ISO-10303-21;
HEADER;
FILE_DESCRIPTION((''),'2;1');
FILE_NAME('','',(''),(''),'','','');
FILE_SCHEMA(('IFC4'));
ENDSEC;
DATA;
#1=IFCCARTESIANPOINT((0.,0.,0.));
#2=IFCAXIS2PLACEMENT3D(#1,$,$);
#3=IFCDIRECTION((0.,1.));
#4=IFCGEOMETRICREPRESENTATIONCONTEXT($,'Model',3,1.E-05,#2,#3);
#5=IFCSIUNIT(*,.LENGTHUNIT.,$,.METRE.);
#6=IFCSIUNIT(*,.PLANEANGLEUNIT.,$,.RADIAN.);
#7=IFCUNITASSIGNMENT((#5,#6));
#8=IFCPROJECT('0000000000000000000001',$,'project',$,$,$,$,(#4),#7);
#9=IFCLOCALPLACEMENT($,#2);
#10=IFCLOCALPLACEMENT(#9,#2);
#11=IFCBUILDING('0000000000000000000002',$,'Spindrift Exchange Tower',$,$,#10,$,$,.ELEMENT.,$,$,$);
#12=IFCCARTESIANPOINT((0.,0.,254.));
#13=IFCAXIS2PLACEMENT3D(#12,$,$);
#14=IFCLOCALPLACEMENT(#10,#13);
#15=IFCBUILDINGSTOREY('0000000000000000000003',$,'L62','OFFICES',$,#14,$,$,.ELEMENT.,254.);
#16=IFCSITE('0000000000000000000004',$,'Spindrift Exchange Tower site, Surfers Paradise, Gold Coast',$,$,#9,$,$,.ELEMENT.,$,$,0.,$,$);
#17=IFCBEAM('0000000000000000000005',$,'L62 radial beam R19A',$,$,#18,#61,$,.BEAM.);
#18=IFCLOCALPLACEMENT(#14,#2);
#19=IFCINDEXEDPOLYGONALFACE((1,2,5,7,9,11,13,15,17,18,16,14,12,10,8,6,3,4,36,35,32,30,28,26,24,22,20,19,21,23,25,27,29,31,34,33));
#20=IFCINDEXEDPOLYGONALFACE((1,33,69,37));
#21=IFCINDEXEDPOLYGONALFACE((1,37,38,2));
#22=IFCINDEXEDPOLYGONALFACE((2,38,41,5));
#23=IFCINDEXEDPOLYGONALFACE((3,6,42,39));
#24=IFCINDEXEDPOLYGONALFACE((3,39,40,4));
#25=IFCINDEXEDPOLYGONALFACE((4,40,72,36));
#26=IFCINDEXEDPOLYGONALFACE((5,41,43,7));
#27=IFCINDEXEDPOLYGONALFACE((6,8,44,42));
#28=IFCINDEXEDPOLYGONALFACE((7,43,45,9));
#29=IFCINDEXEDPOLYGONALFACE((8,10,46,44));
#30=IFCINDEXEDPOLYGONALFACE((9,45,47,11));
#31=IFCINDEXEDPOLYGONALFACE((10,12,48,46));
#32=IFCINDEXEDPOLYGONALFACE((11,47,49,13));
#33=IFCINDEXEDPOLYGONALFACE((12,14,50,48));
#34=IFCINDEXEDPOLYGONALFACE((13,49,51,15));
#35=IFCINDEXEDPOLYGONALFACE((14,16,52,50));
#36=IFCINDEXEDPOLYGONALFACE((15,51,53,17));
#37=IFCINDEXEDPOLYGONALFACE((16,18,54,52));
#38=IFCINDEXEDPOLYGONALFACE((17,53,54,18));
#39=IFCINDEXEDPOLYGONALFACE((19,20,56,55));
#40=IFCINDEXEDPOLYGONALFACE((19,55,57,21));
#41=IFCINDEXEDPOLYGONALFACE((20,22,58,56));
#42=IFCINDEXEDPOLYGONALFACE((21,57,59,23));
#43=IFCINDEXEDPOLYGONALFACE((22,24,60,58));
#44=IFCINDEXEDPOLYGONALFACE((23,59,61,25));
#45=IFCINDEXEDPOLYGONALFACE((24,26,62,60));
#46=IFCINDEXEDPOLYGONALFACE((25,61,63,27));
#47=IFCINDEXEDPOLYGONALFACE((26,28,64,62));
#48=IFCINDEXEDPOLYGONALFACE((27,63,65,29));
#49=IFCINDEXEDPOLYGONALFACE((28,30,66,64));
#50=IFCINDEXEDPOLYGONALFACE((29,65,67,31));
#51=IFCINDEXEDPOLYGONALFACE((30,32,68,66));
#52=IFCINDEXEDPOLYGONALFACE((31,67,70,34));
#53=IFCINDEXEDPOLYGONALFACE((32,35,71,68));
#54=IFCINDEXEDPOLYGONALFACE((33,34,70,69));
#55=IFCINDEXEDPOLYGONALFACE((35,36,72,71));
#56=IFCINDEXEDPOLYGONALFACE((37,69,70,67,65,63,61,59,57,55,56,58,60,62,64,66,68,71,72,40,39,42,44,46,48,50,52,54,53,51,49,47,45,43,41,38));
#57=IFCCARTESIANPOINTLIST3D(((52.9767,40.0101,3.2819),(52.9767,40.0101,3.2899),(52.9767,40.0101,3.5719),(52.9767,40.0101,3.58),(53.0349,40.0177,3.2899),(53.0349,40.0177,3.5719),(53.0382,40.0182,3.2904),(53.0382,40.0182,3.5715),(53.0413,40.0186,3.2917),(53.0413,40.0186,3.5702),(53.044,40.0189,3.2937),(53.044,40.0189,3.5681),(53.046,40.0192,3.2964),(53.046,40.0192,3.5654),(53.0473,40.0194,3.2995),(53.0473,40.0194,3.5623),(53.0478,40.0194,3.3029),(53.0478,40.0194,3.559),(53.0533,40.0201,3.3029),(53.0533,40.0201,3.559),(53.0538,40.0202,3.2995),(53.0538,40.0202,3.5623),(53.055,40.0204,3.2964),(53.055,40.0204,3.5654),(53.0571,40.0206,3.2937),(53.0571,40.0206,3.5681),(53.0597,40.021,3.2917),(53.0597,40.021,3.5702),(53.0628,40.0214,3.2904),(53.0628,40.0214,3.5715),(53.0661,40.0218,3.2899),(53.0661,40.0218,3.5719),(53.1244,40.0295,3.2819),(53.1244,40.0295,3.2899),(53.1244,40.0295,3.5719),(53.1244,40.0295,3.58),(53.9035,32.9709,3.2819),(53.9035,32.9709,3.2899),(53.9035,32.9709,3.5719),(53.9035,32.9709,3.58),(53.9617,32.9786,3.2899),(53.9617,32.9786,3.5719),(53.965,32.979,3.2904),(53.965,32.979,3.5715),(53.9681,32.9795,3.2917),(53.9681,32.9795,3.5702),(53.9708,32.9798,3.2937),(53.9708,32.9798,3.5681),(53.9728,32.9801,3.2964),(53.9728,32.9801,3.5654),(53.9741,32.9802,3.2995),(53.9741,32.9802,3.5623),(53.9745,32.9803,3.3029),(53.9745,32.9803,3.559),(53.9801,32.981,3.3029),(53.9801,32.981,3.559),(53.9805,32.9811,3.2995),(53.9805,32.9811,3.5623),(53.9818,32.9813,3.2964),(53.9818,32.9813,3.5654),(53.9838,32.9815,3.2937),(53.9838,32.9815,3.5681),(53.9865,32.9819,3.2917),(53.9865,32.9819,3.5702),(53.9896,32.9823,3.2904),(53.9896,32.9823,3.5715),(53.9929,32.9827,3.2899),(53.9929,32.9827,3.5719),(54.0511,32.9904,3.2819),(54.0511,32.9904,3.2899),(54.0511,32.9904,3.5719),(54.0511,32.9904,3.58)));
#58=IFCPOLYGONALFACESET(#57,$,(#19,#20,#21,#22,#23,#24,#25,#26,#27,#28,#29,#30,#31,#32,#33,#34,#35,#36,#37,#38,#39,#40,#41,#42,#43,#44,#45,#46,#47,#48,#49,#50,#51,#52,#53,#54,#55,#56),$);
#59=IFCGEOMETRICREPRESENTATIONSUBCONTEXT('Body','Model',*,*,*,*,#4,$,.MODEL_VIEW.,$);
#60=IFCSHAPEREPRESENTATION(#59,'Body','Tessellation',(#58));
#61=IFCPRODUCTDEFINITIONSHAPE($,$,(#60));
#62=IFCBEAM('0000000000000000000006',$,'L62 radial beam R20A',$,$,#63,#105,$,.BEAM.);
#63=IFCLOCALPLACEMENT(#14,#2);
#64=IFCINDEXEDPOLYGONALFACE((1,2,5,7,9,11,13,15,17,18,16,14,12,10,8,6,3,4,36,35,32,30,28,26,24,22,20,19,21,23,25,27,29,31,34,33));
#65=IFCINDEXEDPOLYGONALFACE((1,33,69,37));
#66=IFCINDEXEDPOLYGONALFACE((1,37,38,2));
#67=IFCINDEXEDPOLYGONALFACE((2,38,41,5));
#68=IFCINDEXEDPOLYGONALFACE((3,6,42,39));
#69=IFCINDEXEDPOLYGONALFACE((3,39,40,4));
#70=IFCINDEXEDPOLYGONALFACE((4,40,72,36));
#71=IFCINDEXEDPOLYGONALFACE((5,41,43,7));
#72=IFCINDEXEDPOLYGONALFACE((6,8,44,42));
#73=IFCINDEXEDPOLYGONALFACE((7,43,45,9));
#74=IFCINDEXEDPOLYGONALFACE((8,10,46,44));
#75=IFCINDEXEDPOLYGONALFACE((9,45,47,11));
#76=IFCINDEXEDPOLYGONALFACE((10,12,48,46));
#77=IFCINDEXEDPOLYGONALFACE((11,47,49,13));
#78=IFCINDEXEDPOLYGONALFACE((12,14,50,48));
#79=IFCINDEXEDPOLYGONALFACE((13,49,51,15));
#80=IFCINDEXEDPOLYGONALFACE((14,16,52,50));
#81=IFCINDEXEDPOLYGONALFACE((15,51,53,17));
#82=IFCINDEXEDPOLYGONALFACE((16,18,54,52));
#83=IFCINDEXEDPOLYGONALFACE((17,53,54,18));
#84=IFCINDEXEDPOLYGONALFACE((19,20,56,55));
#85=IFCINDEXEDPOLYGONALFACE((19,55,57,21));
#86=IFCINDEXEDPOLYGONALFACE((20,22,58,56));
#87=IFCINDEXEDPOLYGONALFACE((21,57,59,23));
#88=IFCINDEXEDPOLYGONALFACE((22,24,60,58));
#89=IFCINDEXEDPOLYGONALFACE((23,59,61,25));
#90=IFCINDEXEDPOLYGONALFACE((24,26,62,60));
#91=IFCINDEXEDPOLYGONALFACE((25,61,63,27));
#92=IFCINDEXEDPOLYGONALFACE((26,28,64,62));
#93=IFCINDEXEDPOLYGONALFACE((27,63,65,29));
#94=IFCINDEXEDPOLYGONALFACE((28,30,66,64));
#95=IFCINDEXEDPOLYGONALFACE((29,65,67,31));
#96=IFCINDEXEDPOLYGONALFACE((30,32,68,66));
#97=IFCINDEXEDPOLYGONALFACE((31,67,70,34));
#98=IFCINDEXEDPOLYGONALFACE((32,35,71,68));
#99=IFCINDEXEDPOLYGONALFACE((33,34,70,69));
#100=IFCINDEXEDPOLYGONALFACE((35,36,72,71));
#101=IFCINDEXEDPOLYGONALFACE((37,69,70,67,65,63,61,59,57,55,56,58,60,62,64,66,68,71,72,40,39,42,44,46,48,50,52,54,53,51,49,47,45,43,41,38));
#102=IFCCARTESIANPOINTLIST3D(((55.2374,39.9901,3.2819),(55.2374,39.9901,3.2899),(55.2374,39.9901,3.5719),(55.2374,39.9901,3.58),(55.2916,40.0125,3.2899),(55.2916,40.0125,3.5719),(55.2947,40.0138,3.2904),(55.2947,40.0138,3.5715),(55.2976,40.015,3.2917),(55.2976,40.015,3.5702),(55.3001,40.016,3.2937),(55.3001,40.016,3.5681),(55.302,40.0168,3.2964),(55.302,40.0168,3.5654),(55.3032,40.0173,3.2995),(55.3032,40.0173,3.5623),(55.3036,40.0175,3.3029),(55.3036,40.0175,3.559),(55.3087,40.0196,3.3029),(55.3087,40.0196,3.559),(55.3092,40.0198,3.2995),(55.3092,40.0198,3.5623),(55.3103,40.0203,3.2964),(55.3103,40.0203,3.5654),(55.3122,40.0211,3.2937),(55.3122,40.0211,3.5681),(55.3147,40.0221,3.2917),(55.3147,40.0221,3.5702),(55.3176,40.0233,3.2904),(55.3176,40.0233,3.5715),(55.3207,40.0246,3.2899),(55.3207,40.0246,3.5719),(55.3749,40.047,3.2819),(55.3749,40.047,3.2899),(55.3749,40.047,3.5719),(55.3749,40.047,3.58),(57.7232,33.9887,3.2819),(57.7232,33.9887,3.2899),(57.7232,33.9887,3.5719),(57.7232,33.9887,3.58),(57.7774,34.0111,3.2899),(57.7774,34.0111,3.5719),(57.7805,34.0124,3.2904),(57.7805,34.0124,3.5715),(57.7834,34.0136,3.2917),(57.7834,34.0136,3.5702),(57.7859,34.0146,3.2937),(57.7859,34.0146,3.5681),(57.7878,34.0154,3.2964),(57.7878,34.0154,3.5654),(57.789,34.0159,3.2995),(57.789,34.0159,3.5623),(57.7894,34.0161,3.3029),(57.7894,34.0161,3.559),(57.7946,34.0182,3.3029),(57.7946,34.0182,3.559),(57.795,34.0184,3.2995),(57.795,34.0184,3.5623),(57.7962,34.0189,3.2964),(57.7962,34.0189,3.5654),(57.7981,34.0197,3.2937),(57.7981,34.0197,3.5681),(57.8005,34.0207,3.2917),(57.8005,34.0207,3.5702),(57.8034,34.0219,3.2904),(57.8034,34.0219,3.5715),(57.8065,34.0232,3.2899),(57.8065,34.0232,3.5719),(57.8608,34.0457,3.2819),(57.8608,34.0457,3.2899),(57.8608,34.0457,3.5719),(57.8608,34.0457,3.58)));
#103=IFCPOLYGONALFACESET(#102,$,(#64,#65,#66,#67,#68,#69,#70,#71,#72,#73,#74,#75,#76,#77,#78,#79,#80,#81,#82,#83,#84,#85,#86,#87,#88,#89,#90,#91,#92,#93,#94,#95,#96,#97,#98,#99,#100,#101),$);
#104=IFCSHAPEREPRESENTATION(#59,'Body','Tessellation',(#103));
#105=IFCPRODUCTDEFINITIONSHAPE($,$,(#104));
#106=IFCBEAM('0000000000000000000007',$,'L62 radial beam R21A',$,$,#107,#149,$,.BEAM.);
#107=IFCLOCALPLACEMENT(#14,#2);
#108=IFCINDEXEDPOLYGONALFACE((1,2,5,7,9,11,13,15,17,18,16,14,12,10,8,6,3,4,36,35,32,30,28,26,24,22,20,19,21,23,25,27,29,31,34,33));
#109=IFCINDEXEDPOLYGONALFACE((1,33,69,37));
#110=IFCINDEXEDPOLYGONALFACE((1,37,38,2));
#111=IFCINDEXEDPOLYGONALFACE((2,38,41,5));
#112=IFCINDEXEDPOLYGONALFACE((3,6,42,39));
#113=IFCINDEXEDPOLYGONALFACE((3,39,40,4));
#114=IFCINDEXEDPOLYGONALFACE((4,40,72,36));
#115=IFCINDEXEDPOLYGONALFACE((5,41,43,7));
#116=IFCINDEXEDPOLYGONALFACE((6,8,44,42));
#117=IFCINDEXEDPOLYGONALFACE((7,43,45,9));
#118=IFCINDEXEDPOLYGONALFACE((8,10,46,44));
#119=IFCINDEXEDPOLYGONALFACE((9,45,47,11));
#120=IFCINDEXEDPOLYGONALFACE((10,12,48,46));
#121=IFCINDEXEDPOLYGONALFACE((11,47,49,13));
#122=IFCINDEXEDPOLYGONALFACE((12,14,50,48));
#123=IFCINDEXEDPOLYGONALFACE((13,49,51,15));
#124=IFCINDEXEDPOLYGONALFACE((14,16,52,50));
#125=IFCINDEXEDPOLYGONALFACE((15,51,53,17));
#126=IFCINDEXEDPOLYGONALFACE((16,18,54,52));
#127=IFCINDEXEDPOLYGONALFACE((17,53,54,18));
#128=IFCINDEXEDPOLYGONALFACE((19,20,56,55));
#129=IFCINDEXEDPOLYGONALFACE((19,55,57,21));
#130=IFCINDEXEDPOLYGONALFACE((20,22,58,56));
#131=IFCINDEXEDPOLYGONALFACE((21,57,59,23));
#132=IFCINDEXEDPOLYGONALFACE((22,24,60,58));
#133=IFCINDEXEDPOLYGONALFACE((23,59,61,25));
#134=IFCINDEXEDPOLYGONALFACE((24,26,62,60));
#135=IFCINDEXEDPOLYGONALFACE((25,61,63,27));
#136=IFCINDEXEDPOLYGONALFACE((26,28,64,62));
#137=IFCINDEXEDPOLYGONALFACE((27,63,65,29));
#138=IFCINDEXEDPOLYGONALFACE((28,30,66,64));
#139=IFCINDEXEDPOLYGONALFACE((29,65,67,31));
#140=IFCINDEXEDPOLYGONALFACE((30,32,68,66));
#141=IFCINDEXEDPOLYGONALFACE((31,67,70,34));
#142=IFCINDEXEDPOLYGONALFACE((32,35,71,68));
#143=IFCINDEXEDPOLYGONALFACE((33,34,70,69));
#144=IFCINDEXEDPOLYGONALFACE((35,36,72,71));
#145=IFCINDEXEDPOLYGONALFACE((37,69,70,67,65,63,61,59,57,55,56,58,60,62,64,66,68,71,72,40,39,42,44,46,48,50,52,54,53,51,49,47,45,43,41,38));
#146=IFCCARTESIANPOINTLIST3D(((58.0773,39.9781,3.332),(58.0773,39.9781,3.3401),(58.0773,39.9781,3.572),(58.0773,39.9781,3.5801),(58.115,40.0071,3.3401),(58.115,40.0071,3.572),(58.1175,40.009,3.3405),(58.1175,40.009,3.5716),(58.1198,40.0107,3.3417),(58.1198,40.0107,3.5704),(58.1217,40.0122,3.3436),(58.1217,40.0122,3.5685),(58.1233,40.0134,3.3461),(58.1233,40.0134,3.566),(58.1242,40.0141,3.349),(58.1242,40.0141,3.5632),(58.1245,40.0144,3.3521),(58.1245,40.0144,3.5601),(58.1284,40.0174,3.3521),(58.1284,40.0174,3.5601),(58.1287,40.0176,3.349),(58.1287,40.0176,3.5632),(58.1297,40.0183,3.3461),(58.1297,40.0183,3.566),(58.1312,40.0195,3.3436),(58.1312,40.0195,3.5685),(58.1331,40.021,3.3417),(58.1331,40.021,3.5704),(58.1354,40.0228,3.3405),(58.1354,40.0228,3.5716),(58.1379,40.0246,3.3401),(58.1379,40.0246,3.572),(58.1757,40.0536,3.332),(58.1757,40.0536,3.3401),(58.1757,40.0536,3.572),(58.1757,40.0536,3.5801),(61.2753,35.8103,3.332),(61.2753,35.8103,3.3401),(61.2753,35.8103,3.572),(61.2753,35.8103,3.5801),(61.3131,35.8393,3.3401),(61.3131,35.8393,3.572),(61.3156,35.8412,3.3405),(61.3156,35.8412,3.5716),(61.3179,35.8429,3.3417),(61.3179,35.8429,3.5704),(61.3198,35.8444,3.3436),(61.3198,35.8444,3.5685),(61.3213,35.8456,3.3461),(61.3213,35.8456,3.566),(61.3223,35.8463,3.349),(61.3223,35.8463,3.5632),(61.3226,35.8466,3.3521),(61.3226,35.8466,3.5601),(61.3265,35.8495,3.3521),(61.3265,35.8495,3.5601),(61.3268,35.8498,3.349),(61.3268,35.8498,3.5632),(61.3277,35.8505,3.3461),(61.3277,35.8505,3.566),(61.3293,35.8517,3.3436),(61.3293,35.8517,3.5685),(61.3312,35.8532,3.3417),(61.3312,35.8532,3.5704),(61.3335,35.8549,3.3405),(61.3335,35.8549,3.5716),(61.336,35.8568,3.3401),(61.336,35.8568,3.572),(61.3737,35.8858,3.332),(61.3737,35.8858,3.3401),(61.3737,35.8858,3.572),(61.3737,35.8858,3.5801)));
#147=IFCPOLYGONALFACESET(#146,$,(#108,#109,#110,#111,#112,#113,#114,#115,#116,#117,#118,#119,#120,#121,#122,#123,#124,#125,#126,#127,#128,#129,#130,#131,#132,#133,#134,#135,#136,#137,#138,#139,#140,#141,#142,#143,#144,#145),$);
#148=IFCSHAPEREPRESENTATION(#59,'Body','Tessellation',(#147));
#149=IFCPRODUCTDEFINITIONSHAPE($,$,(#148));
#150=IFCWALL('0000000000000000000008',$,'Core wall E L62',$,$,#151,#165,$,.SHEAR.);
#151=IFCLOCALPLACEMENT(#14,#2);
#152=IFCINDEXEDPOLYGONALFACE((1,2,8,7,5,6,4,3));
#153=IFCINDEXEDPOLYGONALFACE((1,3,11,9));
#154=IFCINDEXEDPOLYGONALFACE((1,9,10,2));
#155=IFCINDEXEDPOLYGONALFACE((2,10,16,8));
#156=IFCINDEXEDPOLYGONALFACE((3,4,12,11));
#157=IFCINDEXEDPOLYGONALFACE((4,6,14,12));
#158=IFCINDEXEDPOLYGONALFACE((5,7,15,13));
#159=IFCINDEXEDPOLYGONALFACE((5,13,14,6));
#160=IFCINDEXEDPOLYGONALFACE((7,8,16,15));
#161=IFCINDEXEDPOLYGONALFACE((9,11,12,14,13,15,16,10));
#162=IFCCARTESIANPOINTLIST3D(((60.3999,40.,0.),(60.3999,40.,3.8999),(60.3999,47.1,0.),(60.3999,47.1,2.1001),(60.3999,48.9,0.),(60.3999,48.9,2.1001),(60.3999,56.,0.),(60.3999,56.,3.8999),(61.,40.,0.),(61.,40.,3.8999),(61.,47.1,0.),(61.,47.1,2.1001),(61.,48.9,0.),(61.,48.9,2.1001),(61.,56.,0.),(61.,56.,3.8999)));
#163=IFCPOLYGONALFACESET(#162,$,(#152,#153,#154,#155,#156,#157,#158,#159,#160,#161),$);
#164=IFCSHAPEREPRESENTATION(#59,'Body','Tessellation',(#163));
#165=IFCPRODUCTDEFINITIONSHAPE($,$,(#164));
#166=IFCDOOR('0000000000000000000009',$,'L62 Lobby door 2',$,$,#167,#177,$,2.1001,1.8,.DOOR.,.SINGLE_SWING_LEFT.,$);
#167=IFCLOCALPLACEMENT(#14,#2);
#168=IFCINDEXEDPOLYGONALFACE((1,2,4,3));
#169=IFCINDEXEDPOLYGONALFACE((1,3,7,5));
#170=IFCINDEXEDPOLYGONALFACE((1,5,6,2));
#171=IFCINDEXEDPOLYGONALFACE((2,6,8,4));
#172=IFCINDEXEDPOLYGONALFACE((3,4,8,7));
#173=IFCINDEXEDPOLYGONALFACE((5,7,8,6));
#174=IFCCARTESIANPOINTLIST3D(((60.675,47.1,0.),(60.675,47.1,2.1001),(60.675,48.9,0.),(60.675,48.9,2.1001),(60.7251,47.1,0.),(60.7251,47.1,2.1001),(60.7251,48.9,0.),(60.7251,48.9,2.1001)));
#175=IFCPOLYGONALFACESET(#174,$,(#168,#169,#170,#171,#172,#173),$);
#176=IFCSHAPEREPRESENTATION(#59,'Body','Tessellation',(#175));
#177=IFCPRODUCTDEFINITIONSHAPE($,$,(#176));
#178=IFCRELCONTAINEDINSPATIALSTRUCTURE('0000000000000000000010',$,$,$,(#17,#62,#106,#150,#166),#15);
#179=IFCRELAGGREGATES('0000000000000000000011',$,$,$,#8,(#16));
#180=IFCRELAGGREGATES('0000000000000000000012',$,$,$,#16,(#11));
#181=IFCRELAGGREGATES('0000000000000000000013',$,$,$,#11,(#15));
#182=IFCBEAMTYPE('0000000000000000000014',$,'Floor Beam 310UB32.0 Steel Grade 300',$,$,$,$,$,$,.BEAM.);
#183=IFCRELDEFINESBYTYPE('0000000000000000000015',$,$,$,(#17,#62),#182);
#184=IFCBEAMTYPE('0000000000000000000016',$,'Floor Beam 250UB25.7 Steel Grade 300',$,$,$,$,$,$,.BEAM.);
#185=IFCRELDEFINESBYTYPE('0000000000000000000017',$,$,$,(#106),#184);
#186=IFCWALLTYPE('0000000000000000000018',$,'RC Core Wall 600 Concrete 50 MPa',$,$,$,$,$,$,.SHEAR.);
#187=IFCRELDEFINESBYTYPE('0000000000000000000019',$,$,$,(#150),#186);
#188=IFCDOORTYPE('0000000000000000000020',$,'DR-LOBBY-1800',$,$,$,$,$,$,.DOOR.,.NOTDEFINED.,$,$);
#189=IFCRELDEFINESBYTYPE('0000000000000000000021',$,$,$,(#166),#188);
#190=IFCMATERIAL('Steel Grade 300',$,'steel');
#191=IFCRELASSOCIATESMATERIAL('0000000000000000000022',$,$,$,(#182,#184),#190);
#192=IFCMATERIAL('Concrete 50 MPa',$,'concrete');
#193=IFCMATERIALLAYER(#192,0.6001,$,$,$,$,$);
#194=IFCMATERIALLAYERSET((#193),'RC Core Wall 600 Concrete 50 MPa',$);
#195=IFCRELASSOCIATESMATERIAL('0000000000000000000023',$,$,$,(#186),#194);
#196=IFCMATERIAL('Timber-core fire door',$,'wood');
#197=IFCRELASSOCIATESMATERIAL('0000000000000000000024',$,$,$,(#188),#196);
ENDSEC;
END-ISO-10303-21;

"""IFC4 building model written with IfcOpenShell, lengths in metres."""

from ifc_helpers import new_model, si_unit, direction, frame, frame_2d, origin, origin_2d, place, context, subcontext, project, spatial, rectangle, i_section, extrude, source, transform, mapped, material, layer, layer_set, material_profile, profile_set, type_object, element, fill, save


model = new_model("IFC4")

# Units and contexts
model_context = context("Model", 3, precision=1e-05, world=origin(), true_north=direction((0.0, 1.0)))
body_context = subcontext(model_context, "Body", "Model", "MODEL_VIEW")
ifc_project = project(units=[si_unit("LENGTHUNIT", "METRE"), si_unit("PLANEANGLEUNIT", "RADIAN")], contexts=[model_context])

# Site, building, storey
site_placement = place(None, origin())
site = spatial("IfcSite", under=ifc_project, at=site_placement, Name="Spindrift Exchange Tower site, Surfers Paradise, Gold Coast", CompositionType="ELEMENT", RefElevation=0.0)
building_placement = place(site_placement, origin())
building = spatial("IfcBuilding", under=site, at=building_placement, Name="Spindrift Exchange Tower", CompositionType="ELEMENT")
storey_placement = place(building_placement, frame((0.0, 0.0, 254.0)))
storey = spatial("IfcBuildingStorey", under=building, at=storey_placement, Name="L62", Description="OFFICES", CompositionType="ELEMENT", Elevation=254.0)

# Beams
ifc_material_1 = material(Name="Steel Grade 300", Category="steel")
ifc_material_profile_1 = material_profile(ifc_material_1, i_section(OverallWidth=0.1489, OverallDepth=0.2981, WebThickness=0.0056, FlangeThickness=0.0081, FilletRadius=0.0129, at=origin_2d()), Name="310UB32.0")
ifc_profile_set_1 = profile_set([ifc_material_profile_1], Name="Steel Grade 300")
beam_type_1 = type_object("IfcBeamType", Name="Floor Beam 310UB32.0 Steel Grade 300", PredefinedType="BEAM", material=ifc_profile_set_1)
shared_shape_1 = source(origin(), body_context, "Body", "SweptSolid", [
    extrude(i_section(OverallWidth=0.1489, OverallDepth=0.2981, WebThickness=0.0056, FlangeThickness=0.0081, FilletRadius=0.0129, at=origin_2d()), origin(), (0.0, 0.0, 1.0), 7.0999),
])
beam_1_placement = place(storey_placement, frame((53.0505, 40.0198, 3.4309), z_axis=(0.130533, -0.991444, 0.0), x_axis=(0.991444, 0.130533, 0.0)))
element("IfcBeam", 1, at=beam_1_placement, inside=storey, type_object=beam_type_1, Name="L62 radial beam R19A", PredefinedType="BEAM", context=body_context, shape_type="MappedRepresentation", body=[
    mapped(shared_shape_1, transform((0.0, 0.0, 0.0), scale=1.0)),
])
shared_shape_2 = source(origin(), body_context, "Body", "SweptSolid", [
    extrude(i_section(OverallWidth=0.1489, OverallDepth=0.2981, WebThickness=0.0056, FlangeThickness=0.0081, FilletRadius=0.0129, at=origin_2d()), origin(), (0.0, 0.0, 1.0), 6.4958),
])
beam_2_placement = place(storey_placement, frame((55.3062, 40.0186, 3.4309), z_axis=(0.382677, -0.923882, 0.0), x_axis=(0.923882, 0.382677, 0.0)))
element("IfcBeam", 2, at=beam_2_placement, inside=storey, type_object=beam_type_1, Name="L62 radial beam R20A", PredefinedType="BEAM", context=body_context, shape_type="MappedRepresentation", body=[
    mapped(shared_shape_2, transform((0.0, 0.0, 0.0), scale=1.0)),
])
ifc_material_profile_2 = material_profile(ifc_material_1, i_section(OverallWidth=0.124, OverallDepth=0.248, WebThickness=0.0049, FlangeThickness=0.0081, FilletRadius=0.012, at=origin_2d()), Name="250UB25.7")
ifc_profile_set_2 = profile_set([ifc_material_profile_2], Name="Steel Grade 300")
beam_type_2 = type_object("IfcBeamType", Name="Floor Beam 250UB25.7 Steel Grade 300", PredefinedType="BEAM", material=ifc_profile_set_2)
shared_shape_3 = source(origin(), body_context, "Body", "SweptSolid", [
    extrude(i_section(OverallWidth=0.124, OverallDepth=0.248, WebThickness=0.0049, FlangeThickness=0.0081, FilletRadius=0.012, at=origin_2d()), origin(), (0.0, 0.0, 1.0), 5.2534),
])
beam_3_placement = place(storey_placement, frame((58.1265, 40.0159, 3.4561), z_axis=(0.60876, -0.793354, 0.0), x_axis=(0.793354, 0.60876, 0.0)))
element("IfcBeam", 3, at=beam_3_placement, inside=storey, type_object=beam_type_2, Name="L62 radial beam R21A", PredefinedType="BEAM", context=body_context, shape_type="MappedRepresentation", body=[
    mapped(shared_shape_3, transform((0.0, 0.0, 0.0), scale=1.0)),
])

# Wall, opening, door
ifc_material_2 = material(Name="Concrete 50 MPa", Category="concrete")
ifc_layer_1 = layer(ifc_material_2, 0.6001)
ifc_layer_set_1 = layer_set([ifc_layer_1], Name="RC Core Wall 600 Concrete 50 MPa")
wall_type_1 = type_object("IfcWallType", Name="RC Core Wall 600 Concrete 50 MPa", PredefinedType="SHEAR", material=ifc_layer_set_1)
wall_1_placement = place(storey_placement, frame((60.7, 40.0, 0.0), z_axis=(0.0, 0.0, 1.0), x_axis=(0.0, 1.0, 0.0)))
wall_1 = element("IfcWall", 4, at=wall_1_placement, inside=storey, type_object=wall_type_1, Name="Core wall E L62", PredefinedType="SHEAR", context=body_context, shape_type="SweptSolid", body=[
    extrude(rectangle(XDim=16.0, YDim=0.6001, at=frame_2d((8.0, 0.0))), origin(), (0.0, 0.0, 1.0), 3.8999),
])
opening_1_placement = place(wall_1_placement, frame((7.1001, 0.0, 0.0)))
opening_1 = element("IfcOpeningElement", 5, at=opening_1_placement, cuts=wall_1, PredefinedType="OPENING", context=body_context, shape_type="SweptSolid", body=[
    extrude(rectangle(XDim=1.8, YDim=2.1001, at=frame_2d((0.8999, 1.05))), frame((0.0, 0.3101, 0.0), z_axis=(0.0, -1.0, 0.0), x_axis=(1.0, 0.0, 0.0)), (0.0, 0.0, 1.0), 0.6201),
])
ifc_material_3 = material(Name="Timber-core fire door", Category="wood")
door_type_1 = type_object("IfcDoorType", Name="DR-LOBBY-1800", OperationType="NOTDEFINED", PredefinedType="DOOR", material=ifc_material_3)
shared_shape_4 = source(origin(), body_context, "Body", "SweptSolid", [
    extrude(rectangle(XDim=1.8, YDim=2.1001, at=frame_2d((0.8999, 1.05))), frame((0.0, 0.0249, 0.0), z_axis=(0.0, -1.0, 0.0), x_axis=(1.0, 0.0, 0.0)), (0.0, 0.0, 1.0), 0.05),
])
door_1_placement = place(opening_1_placement, origin())
door_1 = element("IfcDoor", 6, at=door_1_placement, inside=storey, type_object=door_type_1, Name="L62 Lobby door 2", OperationType="SINGLE_SWING_LEFT", OverallHeight=2.1001, OverallWidth=1.8, PredefinedType="DOOR", context=body_context, shape_type="MappedRepresentation", body=[
    mapped(shared_shape_4, transform((0.0, 0.0, 0.0), scale=1.0)),
])
fill(opening_1, door_1)

save(model, "model.ifc")
